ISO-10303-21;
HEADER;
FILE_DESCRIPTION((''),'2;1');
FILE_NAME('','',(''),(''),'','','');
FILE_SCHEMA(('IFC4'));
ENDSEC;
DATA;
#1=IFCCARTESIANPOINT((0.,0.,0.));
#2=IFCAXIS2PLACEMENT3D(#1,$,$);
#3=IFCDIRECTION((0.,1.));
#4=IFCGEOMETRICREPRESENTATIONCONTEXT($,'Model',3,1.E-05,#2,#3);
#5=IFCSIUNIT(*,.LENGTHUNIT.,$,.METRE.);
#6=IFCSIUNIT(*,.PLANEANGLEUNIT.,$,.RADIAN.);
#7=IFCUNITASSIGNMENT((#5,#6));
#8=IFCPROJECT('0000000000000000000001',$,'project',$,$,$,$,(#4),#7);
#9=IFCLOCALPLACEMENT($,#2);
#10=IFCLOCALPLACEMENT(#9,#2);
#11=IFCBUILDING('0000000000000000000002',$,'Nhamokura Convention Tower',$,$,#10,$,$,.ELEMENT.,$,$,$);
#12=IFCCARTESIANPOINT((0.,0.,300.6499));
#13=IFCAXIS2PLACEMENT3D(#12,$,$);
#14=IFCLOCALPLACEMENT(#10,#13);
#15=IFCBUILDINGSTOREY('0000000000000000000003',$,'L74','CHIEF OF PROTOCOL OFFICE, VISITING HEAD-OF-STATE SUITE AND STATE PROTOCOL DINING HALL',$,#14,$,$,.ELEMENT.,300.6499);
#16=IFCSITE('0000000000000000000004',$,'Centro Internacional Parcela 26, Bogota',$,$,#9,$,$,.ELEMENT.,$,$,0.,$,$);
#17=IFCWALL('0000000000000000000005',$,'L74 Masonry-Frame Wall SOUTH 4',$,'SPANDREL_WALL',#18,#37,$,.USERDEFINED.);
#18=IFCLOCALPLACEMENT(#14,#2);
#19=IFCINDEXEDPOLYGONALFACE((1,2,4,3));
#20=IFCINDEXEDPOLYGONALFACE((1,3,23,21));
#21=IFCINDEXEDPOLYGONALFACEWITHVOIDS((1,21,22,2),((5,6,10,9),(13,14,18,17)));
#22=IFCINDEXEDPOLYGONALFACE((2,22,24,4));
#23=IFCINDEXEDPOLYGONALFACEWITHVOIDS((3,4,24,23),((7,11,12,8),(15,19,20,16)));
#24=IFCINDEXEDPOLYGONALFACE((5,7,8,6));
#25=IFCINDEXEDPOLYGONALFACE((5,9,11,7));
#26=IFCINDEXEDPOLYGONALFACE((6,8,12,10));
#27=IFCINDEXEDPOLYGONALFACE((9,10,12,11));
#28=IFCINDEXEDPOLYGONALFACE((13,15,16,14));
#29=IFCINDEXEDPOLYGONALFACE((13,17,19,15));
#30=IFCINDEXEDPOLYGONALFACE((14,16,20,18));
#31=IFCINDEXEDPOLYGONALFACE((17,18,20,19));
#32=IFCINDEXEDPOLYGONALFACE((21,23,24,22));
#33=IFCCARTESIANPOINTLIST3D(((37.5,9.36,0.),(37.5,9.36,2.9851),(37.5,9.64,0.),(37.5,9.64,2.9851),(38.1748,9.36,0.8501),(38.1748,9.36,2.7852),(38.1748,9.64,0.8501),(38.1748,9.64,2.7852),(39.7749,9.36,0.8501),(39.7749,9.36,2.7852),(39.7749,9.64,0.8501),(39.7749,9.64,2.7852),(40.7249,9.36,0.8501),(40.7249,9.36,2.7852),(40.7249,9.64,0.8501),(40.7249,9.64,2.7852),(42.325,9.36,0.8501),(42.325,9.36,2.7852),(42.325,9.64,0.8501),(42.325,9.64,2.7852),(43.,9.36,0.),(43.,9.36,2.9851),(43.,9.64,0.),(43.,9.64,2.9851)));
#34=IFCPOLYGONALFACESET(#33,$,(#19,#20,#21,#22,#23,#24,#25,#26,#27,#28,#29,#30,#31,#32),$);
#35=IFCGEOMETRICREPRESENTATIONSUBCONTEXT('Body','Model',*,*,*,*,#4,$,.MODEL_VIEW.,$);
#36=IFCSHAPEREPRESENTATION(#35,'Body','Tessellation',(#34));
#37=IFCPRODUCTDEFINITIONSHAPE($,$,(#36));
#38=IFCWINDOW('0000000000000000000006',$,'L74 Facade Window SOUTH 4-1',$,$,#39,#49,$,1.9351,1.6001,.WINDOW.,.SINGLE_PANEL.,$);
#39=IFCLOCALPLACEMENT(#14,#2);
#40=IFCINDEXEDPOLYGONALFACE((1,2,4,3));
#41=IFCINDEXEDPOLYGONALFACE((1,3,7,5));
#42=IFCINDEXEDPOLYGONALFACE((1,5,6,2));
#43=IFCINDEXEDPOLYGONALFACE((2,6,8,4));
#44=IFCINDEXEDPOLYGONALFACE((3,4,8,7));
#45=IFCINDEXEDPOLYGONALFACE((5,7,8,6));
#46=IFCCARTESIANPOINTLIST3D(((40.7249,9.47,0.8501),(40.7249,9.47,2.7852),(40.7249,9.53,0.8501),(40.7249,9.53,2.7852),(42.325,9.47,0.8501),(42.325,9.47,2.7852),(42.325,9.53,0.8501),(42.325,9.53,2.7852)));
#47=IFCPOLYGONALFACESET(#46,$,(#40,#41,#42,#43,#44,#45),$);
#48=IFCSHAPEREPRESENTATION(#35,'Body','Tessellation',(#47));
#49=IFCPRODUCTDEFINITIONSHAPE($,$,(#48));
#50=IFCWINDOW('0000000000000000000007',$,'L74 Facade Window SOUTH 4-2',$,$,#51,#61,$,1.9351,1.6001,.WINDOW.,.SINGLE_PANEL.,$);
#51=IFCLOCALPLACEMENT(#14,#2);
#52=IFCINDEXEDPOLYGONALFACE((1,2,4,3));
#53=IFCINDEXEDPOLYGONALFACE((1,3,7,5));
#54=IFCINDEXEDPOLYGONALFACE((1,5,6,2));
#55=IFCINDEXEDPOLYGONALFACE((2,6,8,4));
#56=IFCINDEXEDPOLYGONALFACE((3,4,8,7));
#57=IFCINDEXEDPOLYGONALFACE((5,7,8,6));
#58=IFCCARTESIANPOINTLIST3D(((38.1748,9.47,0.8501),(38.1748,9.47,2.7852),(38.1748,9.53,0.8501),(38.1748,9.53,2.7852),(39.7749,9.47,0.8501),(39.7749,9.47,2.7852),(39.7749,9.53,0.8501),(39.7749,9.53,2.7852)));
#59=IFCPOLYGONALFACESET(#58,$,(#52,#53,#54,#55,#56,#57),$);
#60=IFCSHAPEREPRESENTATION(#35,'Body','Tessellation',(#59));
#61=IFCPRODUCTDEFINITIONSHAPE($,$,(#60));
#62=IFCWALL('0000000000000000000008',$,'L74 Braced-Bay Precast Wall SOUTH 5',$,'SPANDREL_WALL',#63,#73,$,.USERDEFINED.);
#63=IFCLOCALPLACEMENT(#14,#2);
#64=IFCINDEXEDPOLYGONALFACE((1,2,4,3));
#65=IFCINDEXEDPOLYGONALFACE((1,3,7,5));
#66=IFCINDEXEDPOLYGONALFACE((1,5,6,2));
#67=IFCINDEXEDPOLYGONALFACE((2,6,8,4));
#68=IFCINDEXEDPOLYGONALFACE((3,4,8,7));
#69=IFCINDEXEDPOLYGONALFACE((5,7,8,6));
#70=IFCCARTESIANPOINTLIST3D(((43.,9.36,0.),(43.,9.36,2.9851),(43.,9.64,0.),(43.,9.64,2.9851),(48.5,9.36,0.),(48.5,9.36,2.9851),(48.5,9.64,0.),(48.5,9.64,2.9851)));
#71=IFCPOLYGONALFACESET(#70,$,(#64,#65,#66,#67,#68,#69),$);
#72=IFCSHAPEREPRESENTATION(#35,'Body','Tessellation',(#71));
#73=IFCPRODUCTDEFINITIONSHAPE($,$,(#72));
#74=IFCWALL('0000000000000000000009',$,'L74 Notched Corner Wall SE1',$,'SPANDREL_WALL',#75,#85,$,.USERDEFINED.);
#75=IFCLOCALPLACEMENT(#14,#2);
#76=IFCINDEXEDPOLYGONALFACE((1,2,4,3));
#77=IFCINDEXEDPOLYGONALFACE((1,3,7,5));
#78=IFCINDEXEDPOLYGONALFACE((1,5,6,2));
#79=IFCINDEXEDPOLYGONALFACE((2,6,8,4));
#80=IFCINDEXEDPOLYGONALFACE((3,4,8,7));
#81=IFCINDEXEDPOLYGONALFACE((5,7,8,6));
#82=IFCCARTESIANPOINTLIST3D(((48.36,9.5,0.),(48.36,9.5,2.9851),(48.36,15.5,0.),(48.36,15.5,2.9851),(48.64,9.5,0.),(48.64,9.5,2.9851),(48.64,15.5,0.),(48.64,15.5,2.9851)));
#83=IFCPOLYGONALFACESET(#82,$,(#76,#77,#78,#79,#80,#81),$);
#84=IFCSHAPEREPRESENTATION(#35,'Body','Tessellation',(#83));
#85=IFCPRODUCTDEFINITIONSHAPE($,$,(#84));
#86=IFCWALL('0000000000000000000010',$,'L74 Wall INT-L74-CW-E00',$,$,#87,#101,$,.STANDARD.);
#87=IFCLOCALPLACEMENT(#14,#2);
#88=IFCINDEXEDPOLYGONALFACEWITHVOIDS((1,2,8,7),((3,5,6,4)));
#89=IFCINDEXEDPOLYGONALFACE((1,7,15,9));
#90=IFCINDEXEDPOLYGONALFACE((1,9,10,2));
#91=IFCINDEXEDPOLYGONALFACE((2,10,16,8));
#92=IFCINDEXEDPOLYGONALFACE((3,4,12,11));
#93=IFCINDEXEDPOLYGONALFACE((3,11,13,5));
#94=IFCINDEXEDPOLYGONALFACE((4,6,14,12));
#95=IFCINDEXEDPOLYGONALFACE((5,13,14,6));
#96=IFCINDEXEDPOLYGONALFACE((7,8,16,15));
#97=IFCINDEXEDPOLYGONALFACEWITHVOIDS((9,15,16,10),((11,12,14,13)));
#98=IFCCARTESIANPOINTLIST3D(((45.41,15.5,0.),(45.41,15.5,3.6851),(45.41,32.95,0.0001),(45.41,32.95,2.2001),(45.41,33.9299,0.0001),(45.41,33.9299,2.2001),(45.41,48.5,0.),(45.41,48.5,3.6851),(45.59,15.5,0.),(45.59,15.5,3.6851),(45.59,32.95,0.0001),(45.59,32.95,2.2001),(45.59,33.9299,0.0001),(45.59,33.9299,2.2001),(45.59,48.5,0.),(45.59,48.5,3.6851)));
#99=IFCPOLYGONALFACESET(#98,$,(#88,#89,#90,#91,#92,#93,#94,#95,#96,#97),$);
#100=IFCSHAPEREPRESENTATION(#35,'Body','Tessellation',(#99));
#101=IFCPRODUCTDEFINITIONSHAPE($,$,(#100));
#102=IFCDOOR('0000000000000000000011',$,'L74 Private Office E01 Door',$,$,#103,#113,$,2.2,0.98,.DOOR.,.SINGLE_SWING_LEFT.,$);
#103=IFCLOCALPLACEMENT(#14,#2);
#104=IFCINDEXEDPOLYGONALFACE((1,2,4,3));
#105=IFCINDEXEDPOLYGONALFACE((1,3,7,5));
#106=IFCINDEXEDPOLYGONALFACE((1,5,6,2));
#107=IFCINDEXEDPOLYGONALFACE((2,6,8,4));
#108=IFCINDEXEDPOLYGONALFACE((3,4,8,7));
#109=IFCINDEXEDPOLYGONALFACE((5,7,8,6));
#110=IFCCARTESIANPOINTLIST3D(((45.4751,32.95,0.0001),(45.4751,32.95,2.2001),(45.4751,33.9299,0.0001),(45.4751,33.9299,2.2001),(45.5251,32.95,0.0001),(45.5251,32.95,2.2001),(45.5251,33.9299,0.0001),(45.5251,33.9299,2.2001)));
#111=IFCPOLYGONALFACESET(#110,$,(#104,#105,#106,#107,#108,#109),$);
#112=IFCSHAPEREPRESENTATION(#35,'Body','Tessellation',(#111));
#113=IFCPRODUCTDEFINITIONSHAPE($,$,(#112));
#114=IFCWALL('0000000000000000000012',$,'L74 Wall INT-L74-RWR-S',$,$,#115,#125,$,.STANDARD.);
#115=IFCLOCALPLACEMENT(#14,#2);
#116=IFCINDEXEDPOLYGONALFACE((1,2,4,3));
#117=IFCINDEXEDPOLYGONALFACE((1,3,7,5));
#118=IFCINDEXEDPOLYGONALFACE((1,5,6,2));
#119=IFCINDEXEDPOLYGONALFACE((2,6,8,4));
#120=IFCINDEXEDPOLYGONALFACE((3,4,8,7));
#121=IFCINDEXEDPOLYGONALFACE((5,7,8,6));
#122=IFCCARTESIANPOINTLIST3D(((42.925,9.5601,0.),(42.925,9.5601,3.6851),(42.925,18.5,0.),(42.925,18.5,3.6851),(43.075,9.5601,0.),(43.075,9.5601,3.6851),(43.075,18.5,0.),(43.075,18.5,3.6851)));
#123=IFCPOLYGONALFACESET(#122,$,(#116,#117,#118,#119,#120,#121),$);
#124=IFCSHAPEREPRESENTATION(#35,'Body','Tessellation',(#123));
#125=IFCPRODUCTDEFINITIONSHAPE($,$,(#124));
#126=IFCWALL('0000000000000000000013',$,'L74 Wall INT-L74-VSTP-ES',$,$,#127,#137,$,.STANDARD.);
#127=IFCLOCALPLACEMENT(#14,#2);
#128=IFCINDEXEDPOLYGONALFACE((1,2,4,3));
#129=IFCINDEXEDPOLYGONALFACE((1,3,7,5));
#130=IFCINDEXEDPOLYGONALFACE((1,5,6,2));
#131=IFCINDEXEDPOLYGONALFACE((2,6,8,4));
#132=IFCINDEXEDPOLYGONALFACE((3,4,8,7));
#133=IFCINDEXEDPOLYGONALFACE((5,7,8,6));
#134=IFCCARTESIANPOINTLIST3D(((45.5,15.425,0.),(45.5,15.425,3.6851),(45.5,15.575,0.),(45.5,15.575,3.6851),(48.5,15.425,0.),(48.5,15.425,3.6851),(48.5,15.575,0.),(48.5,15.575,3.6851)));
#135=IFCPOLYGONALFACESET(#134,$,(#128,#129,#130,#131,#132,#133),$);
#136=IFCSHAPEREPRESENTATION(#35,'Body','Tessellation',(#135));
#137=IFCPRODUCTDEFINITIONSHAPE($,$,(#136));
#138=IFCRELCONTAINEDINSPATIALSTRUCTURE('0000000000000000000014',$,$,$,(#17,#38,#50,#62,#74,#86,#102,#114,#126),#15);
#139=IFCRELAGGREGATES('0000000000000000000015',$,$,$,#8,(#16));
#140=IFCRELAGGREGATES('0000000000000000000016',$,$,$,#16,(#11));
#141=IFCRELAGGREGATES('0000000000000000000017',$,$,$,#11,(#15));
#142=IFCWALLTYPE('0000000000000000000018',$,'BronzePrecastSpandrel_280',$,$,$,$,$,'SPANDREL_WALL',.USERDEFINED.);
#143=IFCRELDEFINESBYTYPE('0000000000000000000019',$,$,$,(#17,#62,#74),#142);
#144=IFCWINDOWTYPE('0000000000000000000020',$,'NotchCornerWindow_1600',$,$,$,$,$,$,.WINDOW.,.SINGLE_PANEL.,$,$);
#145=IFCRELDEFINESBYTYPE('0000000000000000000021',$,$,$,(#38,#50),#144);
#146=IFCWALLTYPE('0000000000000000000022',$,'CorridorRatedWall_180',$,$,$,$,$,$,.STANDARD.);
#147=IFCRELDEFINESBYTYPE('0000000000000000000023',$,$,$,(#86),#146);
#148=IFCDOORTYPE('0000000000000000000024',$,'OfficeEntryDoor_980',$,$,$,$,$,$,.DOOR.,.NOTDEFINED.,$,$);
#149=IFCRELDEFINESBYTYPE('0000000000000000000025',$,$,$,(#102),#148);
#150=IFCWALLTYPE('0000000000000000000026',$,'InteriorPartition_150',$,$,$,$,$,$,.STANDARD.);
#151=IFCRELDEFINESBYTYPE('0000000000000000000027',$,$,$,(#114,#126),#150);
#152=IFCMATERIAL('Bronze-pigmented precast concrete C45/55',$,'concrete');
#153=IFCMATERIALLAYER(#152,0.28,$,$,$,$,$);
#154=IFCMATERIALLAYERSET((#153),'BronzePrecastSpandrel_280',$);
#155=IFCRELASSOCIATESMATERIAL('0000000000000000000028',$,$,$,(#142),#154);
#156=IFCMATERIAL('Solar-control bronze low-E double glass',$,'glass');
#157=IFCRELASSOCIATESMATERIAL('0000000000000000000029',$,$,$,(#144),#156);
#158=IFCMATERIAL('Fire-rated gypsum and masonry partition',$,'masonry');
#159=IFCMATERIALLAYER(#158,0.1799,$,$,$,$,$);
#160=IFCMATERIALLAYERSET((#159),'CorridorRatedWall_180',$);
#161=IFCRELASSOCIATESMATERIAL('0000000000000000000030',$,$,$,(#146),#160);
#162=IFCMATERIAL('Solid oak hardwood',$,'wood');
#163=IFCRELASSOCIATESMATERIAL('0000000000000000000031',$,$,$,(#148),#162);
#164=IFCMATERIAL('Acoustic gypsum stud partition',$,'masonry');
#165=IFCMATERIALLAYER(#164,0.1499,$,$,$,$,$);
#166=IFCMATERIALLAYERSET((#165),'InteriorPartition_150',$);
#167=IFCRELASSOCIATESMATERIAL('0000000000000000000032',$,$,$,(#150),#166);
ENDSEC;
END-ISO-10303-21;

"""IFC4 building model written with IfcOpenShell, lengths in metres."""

from ifc_helpers import new_model, si_unit, direction, frame, frame_2d, origin, place, context, subcontext, project, spatial, rectangle, extrude, material, layer, layer_set, type_object, element, fill, save


model = new_model("IFC4")

# Units and contexts
model_context = context("Model", 3, precision=1e-05, world=origin(), true_north=direction((0.0, 1.0)))
body_context = subcontext(model_context, "Body", "Model", "MODEL_VIEW")
ifc_project = project(units=[si_unit("LENGTHUNIT", "METRE"), si_unit("PLANEANGLEUNIT", "RADIAN")], contexts=[model_context])

# Site, building, storey
site_placement = place(None, origin())
site = spatial("IfcSite", under=ifc_project, at=site_placement, Name="Centro Internacional Parcela 26, Bogota", CompositionType="ELEMENT", RefElevation=0.0)
building_placement = place(site_placement, origin())
building = spatial("IfcBuilding", under=site, at=building_placement, Name="Nhamokura Convention Tower", CompositionType="ELEMENT")
storey_placement = place(building_placement, frame((0.0, 0.0, 300.6499)))
storey = spatial("IfcBuildingStorey", under=building, at=storey_placement, Name="L74", Description="CHIEF OF PROTOCOL OFFICE, VISITING HEAD-OF-STATE SUITE AND STATE PROTOCOL DINING HALL", CompositionType="ELEMENT", Elevation=300.6499)

# Wall, openings, windows
ifc_material_1 = material(Name="Bronze-pigmented precast concrete C45/55", Category="concrete")
ifc_layer_1 = layer(ifc_material_1, 0.28)
ifc_layer_set_1 = layer_set([ifc_layer_1], Name="BronzePrecastSpandrel_280")
wall_type_1 = type_object("IfcWallType", Name="BronzePrecastSpandrel_280", ElementType="SPANDREL_WALL", PredefinedType="USERDEFINED", material=ifc_layer_set_1)
wall_1_placement = place(storey_placement, frame((43.0, 9.5, 0.0), z_axis=(0.0, 0.0, 1.0), x_axis=(-1.0, 0.0, 0.0)))
wall_1 = element("IfcWall", 1, at=wall_1_placement, inside=storey, type_object=wall_type_1, Name="L74 Masonry-Frame Wall SOUTH 4", ObjectType="SPANDREL_WALL", PredefinedType="USERDEFINED", context=body_context, shape_type="SweptSolid", body=[
    extrude(rectangle(XDim=5.5, YDim=0.28, at=frame_2d((2.75, 0.0))), origin(), (0.0, 0.0, 1.0), 2.9851),
])
opening_1_placement = place(wall_1_placement, frame((0.675, 0.0, 0.8501)))
opening_1 = element("IfcOpeningElement", 2, at=opening_1_placement, cuts=wall_1, PredefinedType="OPENING", context=body_context, shape_type="SweptSolid", body=[
    extrude(rectangle(XDim=1.6001, YDim=1.9351, at=frame_2d((0.8, 0.9675))), frame((0.0, 0.1499, 0.0), z_axis=(0.0, -1.0, 0.0), x_axis=(1.0, 0.0, 0.0)), (0.0, 0.0, 1.0), 0.3),
])
opening_2_placement = place(wall_1_placement, frame((3.2251, 0.0, 0.8501)))
opening_2 = element("IfcOpeningElement", 3, at=opening_2_placement, cuts=wall_1, PredefinedType="OPENING", context=body_context, shape_type="SweptSolid", body=[
    extrude(rectangle(XDim=1.6001, YDim=1.9351, at=frame_2d((0.8, 0.9675))), frame((0.0, 0.1499, 0.0), z_axis=(0.0, -1.0, 0.0), x_axis=(1.0, 0.0, 0.0)), (0.0, 0.0, 1.0), 0.3),
])
ifc_material_2 = material(Name="Solar-control bronze low-E double glass", Category="glass")
window_type = type_object("IfcWindowType", Name="NotchCornerWindow_1600", PartitioningType="SINGLE_PANEL", PredefinedType="WINDOW", material=ifc_material_2)
window_1_placement = place(opening_1_placement, origin())
window_1 = element("IfcWindow", 4, at=window_1_placement, inside=storey, type_object=window_type, Name="L74 Facade Window SOUTH 4-1", OverallHeight=1.9351, OverallWidth=1.6001, PartitioningType="SINGLE_PANEL", PredefinedType="WINDOW", context=body_context, shape_type="SweptSolid", body=[
    extrude(rectangle(XDim=1.6001, YDim=1.9351, at=frame_2d((0.8, 0.9675))), frame((0.0, 0.03, 0.0), z_axis=(0.0, -1.0, 0.0), x_axis=(1.0, 0.0, 0.0)), (0.0, 0.0, 1.0), 0.0601),
])
fill(opening_1, window_1)
window_2_placement = place(opening_2_placement, origin())
window_2 = element("IfcWindow", 5, at=window_2_placement, inside=storey, type_object=window_type, Name="L74 Facade Window SOUTH 4-2", OverallHeight=1.9351, OverallWidth=1.6001, PartitioningType="SINGLE_PANEL", PredefinedType="WINDOW", context=body_context, shape_type="SweptSolid", body=[
    extrude(rectangle(XDim=1.6001, YDim=1.9351, at=frame_2d((0.8, 0.9675))), frame((0.0, 0.03, 0.0), z_axis=(0.0, -1.0, 0.0), x_axis=(1.0, 0.0, 0.0)), (0.0, 0.0, 1.0), 0.0601),
])
fill(opening_2, window_2)

# Walls
wall_2_placement = place(storey_placement, frame((48.5, 9.5, 0.0), z_axis=(0.0, 0.0, 1.0), x_axis=(-1.0, 0.0, 0.0)))
element("IfcWall", 6, at=wall_2_placement, inside=storey, type_object=wall_type_1, Name="L74 Braced-Bay Precast Wall SOUTH 5", ObjectType="SPANDREL_WALL", PredefinedType="USERDEFINED", context=body_context, shape_type="SweptSolid", body=[
    extrude(rectangle(XDim=5.5, YDim=0.28, at=frame_2d((2.75, 0.0))), origin(), (0.0, 0.0, 1.0), 2.9851),
])
wall_3_placement = place(storey_placement, frame((48.5, 15.5, 0.0), z_axis=(0.0, 0.0, 1.0), x_axis=(0.0, -1.0, 0.0)))
element("IfcWall", 7, at=wall_3_placement, inside=storey, type_object=wall_type_1, Name="L74 Notched Corner Wall SE1", ObjectType="SPANDREL_WALL", PredefinedType="USERDEFINED", context=body_context, shape_type="SweptSolid", body=[
    extrude(rectangle(XDim=6.0, YDim=0.28, at=frame_2d((3.0, 0.0))), origin(), (0.0, 0.0, 1.0), 2.9851),
])

# Wall, opening, door
ifc_material_3 = material(Name="Fire-rated gypsum and masonry partition", Category="masonry")
ifc_layer_2 = layer(ifc_material_3, 0.1799)
ifc_layer_set_2 = layer_set([ifc_layer_2], Name="CorridorRatedWall_180")
wall_type_2 = type_object("IfcWallType", Name="CorridorRatedWall_180", PredefinedType="STANDARD", material=ifc_layer_set_2)
wall_4_placement = place(storey_placement, frame((45.5, 15.5, 0.0), z_axis=(0.0, 0.0, 1.0), x_axis=(0.0, 1.0, 0.0)))
wall_4 = element("IfcWall", 8, at=wall_4_placement, inside=storey, type_object=wall_type_2, Name="L74 Wall INT-L74-CW-E00", PredefinedType="STANDARD", context=body_context, shape_type="SweptSolid", body=[
    extrude(rectangle(XDim=33.0, YDim=0.1799, at=frame_2d((16.5, 0.0))), origin(), (0.0, 0.0, 1.0), 3.6851),
])
opening_3_placement = place(wall_4_placement, frame((17.45, 0.0, 0.0)))
opening_3 = element("IfcOpeningElement", 9, at=opening_3_placement, cuts=wall_4, PredefinedType="OPENING", context=body_context, shape_type="SweptSolid", body=[
    extrude(rectangle(XDim=0.98, YDim=2.2, at=frame_2d((0.49, 1.1001))), frame((0.0, 0.0999, 0.0), z_axis=(0.0, -1.0, 0.0), x_axis=(1.0, 0.0, 0.0)), (0.0, 0.0, 1.0), 0.2),
])
ifc_material_4 = material(Name="Solid oak hardwood", Category="wood")
door_type = type_object("IfcDoorType", Name="OfficeEntryDoor_980", OperationType="NOTDEFINED", PredefinedType="DOOR", material=ifc_material_4)
door_placement = place(opening_3_placement, origin())
door = element("IfcDoor", 10, at=door_placement, inside=storey, type_object=door_type, Name="L74 Private Office E01 Door", OperationType="SINGLE_SWING_LEFT", OverallHeight=2.2, OverallWidth=0.98, PredefinedType="DOOR", context=body_context, shape_type="SweptSolid", body=[
    extrude(rectangle(XDim=0.98, YDim=2.2, at=frame_2d((0.49, 1.1001))), frame((0.0, 0.0249, 0.0), z_axis=(0.0, -1.0, 0.0), x_axis=(1.0, 0.0, 0.0)), (0.0, 0.0, 1.0), 0.05),
])
fill(opening_3, door)

# Walls
ifc_material_5 = material(Name="Acoustic gypsum stud partition", Category="masonry")
ifc_layer_3 = layer(ifc_material_5, 0.1499)
ifc_layer_set_3 = layer_set([ifc_layer_3], Name="InteriorPartition_150")
wall_type_3 = type_object("IfcWallType", Name="InteriorPartition_150", PredefinedType="STANDARD", material=ifc_layer_set_3)
wall_5_placement = place(storey_placement, frame((43.0, 9.5601, 0.0), z_axis=(0.0, 0.0, 1.0), x_axis=(0.0, 1.0, 0.0)))
element("IfcWall", 11, at=wall_5_placement, inside=storey, type_object=wall_type_3, Name="L74 Wall INT-L74-RWR-S", PredefinedType="STANDARD", context=body_context, shape_type="SweptSolid", body=[
    extrude(rectangle(XDim=8.9399, YDim=0.1499, at=frame_2d((4.47, 0.0))), origin(), (0.0, 0.0, 1.0), 3.6851),
])
wall_6_placement = place(storey_placement, frame((45.5, 15.5, 0.0), z_axis=(0.0, 0.0, 1.0), x_axis=(1.0, 0.0, 0.0)))
element("IfcWall", 12, at=wall_6_placement, inside=storey, type_object=wall_type_3, Name="L74 Wall INT-L74-VSTP-ES", PredefinedType="STANDARD", context=body_context, shape_type="SweptSolid", body=[
    extrude(rectangle(XDim=3.0, YDim=0.1499, at=frame_2d((1.5, 0.0))), origin(), (0.0, 0.0, 1.0), 3.6851),
])

save(model, "model.ifc")
